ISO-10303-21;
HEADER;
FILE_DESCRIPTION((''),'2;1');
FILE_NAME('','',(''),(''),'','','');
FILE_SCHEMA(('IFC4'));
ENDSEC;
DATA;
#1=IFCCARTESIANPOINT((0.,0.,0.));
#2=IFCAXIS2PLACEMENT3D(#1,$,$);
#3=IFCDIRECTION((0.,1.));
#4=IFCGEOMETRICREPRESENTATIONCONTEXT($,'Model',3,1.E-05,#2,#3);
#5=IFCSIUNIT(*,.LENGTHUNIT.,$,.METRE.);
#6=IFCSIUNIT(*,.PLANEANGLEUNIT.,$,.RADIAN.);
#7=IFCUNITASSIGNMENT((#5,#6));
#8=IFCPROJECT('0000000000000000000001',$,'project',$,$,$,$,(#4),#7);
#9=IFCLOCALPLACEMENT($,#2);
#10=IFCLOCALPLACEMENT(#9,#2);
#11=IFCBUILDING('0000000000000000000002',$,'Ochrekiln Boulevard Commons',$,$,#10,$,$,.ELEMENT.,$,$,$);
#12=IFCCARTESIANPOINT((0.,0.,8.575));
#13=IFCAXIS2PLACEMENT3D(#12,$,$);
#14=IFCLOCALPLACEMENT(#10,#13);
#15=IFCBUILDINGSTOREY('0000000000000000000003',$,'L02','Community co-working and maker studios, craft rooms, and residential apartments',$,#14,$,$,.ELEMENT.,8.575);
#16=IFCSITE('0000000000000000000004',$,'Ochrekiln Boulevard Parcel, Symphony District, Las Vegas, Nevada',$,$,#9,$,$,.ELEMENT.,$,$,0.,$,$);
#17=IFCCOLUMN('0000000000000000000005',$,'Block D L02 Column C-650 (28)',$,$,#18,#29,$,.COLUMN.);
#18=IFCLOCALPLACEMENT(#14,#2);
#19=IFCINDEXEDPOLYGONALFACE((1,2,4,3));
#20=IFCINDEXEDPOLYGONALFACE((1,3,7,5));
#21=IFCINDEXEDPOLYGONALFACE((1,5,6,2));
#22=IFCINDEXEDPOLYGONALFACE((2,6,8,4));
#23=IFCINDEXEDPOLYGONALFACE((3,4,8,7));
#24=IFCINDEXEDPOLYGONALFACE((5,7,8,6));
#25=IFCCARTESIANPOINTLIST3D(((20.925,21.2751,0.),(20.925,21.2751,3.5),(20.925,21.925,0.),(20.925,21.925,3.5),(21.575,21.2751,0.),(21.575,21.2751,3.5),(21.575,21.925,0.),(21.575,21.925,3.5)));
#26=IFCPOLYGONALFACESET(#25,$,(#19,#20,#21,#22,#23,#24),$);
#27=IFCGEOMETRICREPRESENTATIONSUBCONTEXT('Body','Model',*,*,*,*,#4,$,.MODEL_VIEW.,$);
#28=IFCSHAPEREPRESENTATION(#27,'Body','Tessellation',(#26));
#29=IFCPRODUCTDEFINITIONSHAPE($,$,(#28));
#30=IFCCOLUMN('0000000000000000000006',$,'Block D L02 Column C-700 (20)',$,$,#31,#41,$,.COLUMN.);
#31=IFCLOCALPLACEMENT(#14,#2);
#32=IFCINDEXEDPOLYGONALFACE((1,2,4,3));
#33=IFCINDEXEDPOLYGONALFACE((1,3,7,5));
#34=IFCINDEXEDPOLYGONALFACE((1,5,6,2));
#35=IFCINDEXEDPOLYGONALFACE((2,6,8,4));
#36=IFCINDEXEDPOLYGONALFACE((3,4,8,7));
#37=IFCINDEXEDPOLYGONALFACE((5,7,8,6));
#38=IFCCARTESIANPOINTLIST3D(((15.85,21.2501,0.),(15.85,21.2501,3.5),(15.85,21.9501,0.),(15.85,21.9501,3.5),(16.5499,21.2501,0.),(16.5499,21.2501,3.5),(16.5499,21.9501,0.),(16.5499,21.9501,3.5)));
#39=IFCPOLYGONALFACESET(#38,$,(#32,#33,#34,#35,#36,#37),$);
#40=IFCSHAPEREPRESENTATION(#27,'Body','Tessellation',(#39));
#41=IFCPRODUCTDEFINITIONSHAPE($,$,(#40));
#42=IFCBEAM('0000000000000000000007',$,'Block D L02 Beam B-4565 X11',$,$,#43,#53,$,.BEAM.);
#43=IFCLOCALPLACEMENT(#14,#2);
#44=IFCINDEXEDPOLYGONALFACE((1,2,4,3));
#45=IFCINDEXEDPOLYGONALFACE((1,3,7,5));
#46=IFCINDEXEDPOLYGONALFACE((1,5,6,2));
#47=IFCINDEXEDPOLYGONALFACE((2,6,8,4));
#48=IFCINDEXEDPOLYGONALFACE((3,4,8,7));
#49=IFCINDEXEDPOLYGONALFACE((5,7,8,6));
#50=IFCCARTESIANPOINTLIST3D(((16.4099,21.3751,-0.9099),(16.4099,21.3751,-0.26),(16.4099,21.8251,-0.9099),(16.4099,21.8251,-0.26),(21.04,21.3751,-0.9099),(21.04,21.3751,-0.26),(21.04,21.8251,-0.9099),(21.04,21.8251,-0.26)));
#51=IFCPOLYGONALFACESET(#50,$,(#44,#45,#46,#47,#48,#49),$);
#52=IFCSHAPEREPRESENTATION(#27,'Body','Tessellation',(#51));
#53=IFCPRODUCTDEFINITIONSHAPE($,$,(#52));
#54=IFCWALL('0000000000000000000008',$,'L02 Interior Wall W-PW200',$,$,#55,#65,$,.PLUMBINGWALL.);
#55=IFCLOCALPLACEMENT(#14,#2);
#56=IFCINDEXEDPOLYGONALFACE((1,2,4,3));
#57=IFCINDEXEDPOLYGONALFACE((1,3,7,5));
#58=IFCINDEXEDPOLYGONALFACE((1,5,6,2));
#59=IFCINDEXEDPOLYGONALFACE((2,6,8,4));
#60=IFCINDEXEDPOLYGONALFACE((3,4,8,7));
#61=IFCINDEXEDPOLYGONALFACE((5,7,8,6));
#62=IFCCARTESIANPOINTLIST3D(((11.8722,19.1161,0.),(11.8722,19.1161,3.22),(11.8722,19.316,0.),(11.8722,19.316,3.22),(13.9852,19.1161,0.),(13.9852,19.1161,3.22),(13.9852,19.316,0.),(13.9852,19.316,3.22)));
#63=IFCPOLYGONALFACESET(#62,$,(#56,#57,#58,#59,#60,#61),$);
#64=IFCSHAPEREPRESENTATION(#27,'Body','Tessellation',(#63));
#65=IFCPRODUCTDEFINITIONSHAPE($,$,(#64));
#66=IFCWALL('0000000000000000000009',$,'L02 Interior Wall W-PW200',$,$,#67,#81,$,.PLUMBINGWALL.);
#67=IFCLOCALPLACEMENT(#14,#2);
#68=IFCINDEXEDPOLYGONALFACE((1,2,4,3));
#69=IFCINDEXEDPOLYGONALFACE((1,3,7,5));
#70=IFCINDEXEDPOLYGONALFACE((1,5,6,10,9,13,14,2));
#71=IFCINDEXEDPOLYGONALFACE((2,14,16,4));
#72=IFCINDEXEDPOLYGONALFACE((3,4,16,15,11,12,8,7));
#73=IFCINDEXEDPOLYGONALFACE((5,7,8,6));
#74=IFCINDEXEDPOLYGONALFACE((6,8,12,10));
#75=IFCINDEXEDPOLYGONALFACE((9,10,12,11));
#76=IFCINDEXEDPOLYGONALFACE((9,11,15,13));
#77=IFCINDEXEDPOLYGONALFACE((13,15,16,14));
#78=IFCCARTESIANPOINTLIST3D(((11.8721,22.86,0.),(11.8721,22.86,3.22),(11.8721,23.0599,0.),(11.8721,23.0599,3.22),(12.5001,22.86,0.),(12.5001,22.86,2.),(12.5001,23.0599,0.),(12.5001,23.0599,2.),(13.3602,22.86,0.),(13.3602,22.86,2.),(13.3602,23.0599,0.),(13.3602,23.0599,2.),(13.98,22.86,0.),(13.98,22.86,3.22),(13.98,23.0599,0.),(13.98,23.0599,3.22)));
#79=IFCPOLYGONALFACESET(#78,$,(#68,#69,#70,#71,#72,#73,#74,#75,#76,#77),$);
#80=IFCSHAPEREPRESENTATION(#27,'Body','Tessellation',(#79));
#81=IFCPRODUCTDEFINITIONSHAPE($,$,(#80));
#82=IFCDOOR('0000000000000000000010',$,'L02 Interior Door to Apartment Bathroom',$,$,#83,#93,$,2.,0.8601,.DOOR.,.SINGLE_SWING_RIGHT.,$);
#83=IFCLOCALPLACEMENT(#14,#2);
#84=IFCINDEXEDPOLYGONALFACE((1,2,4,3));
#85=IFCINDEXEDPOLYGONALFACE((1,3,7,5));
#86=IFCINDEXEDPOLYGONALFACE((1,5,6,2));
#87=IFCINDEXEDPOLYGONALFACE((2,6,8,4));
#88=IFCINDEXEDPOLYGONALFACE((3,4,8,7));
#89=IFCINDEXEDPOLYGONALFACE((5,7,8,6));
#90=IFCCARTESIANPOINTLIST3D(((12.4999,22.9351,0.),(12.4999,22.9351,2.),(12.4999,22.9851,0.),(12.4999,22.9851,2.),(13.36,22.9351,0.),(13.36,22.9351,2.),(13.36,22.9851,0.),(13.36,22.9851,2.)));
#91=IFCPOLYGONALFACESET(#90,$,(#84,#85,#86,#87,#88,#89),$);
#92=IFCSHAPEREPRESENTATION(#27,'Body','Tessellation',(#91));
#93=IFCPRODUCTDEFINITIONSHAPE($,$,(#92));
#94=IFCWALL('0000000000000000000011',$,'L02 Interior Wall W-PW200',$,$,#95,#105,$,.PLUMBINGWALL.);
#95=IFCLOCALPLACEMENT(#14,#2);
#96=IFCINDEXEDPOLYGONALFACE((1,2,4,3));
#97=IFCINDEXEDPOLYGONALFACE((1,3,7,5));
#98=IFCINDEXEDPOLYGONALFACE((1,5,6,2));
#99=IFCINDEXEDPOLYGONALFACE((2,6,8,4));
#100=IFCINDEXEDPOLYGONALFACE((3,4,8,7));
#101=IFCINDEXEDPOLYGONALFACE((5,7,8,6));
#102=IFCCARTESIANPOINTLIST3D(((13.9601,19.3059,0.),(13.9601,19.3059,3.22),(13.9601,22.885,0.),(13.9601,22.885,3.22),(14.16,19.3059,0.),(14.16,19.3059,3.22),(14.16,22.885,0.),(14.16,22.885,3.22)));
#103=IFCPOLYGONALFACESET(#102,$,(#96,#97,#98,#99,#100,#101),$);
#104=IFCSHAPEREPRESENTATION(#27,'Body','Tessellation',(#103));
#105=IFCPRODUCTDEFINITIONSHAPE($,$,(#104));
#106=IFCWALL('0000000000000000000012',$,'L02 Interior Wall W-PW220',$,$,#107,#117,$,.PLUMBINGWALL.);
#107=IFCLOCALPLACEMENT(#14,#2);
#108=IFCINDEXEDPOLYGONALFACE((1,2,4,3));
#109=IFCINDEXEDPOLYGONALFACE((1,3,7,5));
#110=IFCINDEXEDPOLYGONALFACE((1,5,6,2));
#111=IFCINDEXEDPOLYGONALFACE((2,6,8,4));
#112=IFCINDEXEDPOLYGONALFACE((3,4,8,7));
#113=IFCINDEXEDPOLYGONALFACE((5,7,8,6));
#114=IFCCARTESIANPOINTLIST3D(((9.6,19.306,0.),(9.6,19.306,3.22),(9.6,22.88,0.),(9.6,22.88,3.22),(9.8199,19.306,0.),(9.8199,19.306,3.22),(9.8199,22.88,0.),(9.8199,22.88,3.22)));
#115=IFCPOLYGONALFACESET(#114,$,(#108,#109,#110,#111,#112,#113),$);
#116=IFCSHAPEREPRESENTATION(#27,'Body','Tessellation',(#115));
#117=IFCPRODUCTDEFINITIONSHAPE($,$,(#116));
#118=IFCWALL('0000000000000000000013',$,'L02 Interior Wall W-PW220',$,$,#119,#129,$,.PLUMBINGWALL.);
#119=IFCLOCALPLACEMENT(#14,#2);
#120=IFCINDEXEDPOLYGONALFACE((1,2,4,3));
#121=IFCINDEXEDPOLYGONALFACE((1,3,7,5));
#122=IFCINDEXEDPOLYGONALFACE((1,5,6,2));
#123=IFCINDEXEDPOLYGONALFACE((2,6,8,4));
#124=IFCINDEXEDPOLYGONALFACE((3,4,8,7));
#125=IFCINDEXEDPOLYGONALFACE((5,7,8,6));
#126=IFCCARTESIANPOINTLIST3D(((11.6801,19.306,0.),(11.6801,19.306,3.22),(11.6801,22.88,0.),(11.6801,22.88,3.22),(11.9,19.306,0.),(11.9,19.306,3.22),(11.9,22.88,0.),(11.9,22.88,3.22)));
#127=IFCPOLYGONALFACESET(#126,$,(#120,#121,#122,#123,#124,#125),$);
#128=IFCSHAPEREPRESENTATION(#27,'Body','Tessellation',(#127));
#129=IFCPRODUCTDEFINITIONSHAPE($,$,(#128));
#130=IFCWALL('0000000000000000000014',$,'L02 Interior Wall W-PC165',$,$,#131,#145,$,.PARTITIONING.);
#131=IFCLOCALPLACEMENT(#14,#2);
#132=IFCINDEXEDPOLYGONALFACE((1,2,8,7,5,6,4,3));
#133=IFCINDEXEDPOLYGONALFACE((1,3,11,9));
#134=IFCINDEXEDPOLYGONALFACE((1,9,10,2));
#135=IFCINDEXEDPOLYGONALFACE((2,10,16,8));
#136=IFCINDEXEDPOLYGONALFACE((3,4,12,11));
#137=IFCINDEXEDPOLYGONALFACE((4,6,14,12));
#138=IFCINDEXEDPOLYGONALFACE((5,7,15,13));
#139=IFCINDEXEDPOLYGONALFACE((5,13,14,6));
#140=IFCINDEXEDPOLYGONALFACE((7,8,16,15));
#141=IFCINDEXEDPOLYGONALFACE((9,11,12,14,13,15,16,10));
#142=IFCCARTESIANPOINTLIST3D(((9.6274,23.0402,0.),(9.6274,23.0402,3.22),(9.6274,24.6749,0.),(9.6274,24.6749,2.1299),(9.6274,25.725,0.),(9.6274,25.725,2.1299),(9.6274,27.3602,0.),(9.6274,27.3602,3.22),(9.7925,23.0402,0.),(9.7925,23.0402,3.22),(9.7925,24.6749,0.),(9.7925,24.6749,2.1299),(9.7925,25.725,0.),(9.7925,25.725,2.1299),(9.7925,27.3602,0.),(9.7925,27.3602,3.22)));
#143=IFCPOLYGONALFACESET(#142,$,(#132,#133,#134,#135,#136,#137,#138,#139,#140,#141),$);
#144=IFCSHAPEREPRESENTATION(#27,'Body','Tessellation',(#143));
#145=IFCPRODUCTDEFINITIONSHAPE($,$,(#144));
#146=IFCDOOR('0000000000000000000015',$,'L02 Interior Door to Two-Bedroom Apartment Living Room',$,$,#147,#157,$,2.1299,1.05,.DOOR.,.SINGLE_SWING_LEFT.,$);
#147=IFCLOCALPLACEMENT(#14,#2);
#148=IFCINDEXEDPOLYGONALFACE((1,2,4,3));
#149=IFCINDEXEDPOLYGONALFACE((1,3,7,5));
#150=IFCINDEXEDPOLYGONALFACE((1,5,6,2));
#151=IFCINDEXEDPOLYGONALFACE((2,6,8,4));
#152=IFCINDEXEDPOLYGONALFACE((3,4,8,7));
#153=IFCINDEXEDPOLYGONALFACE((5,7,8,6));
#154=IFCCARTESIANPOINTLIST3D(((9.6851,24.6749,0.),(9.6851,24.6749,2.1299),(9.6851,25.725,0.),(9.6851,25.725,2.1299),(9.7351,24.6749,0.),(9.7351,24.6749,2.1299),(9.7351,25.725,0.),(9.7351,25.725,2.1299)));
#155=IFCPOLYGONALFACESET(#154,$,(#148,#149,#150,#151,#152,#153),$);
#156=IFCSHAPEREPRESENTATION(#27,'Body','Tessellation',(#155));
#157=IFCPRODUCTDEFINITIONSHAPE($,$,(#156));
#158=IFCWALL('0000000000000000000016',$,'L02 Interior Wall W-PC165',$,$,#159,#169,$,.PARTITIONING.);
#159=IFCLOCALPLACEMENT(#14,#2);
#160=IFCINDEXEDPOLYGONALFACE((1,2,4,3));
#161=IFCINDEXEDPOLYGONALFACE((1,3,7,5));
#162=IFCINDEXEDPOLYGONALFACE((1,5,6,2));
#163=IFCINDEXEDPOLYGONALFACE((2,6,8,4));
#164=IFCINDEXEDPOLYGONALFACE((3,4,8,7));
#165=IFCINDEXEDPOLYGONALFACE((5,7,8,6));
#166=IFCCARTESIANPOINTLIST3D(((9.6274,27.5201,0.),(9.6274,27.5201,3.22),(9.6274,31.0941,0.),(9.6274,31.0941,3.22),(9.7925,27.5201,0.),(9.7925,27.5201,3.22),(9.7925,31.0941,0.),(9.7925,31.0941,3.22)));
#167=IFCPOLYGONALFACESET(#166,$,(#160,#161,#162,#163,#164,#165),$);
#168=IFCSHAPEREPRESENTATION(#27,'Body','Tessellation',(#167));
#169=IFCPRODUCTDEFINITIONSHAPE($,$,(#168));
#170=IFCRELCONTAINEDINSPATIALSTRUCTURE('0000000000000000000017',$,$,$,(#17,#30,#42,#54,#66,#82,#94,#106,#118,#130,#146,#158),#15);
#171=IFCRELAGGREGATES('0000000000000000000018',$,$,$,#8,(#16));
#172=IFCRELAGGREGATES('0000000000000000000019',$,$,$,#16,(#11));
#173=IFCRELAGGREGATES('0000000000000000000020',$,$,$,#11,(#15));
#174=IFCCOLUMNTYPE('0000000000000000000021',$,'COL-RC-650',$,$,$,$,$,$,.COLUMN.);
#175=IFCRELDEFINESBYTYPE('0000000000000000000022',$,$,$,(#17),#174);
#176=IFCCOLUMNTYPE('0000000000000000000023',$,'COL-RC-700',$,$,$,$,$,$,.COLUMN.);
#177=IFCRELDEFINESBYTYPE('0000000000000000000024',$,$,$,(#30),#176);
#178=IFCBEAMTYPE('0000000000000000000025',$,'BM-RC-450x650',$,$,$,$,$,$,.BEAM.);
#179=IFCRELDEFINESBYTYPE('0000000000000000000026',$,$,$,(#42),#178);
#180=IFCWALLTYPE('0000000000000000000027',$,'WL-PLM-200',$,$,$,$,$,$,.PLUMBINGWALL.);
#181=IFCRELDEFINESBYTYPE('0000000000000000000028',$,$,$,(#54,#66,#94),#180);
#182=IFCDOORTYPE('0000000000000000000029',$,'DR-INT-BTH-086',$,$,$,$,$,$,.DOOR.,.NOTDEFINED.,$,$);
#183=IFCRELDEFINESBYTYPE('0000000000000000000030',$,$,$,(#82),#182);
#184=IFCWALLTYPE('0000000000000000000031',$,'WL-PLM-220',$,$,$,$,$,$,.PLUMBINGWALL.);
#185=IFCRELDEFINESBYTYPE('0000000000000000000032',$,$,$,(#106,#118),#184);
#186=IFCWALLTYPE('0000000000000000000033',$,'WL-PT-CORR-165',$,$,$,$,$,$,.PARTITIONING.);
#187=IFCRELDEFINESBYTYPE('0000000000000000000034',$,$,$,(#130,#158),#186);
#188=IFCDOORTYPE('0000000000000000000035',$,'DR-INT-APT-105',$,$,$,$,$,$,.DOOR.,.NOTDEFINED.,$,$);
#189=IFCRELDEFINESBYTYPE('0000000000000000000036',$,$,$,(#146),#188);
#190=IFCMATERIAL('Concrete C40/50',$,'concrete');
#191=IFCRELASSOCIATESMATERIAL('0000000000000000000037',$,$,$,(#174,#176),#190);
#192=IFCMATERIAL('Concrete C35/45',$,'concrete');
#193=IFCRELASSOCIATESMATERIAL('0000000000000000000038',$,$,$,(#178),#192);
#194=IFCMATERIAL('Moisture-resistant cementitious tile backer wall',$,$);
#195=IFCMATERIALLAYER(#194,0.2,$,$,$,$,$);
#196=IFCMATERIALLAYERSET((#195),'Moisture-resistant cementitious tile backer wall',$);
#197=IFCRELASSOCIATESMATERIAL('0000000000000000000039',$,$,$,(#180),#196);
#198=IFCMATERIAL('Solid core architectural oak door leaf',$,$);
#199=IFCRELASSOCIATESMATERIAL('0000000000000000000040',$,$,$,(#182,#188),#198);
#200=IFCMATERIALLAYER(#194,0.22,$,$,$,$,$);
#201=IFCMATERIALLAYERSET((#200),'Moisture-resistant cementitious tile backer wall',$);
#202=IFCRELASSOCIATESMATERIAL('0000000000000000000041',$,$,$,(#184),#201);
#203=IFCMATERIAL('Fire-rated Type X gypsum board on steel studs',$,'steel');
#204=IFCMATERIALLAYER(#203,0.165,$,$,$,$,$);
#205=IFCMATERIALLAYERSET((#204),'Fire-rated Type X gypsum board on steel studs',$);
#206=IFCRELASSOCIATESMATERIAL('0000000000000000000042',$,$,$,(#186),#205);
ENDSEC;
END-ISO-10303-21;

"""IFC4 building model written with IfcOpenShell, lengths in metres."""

from ifc_helpers import new_model, si_unit, direction, frame, frame_2d, origin, origin_2d, place, context, subcontext, project, spatial, rectangle, extrude, material, layer, layer_set, material_profile, profile_set, type_object, element, fill, save


model = new_model("IFC4")

# Units and contexts
model_context = context("Model", 3, precision=1e-05, world=origin(), true_north=direction((0.0, 1.0)))
body_context = subcontext(model_context, "Body", "Model", "MODEL_VIEW")
ifc_project = project(units=[si_unit("LENGTHUNIT", "METRE"), si_unit("PLANEANGLEUNIT", "RADIAN")], contexts=[model_context])

# Site, building, storey
site_placement = place(None, origin())
site = spatial("IfcSite", under=ifc_project, at=site_placement, Name="Ochrekiln Boulevard Parcel, Symphony District, Las Vegas, Nevada", CompositionType="ELEMENT", RefElevation=0.0)
building_placement = place(site_placement, origin())
building = spatial("IfcBuilding", under=site, at=building_placement, Name="Ochrekiln Boulevard Commons", CompositionType="ELEMENT")
storey_placement = place(building_placement, frame((0.0, 0.0, 8.575)))
storey = spatial("IfcBuildingStorey", under=building, at=storey_placement, Name="L02", Description="Community co-working and maker studios, craft rooms, and residential apartments", CompositionType="ELEMENT", Elevation=8.575)

# Columns
ifc_material_1 = material(Name="Concrete C40/50", Category="concrete")
ifc_material_profile_1 = material_profile(ifc_material_1, rectangle(XDim=0.6499, YDim=0.6499, at=origin_2d()), Name="RC-COL-650x650")
ifc_profile_set_1 = profile_set([ifc_material_profile_1], Name="Concrete C40/50")
column_type_1 = type_object("IfcColumnType", Name="COL-RC-650", PredefinedType="COLUMN", material=ifc_profile_set_1)
column_1_placement = place(storey_placement, frame((21.25, 21.6001, 0.0), z_axis=(0.0, 0.0, 1.0), x_axis=(1.0, 0.0, 0.0)))
element("IfcColumn", 1, at=column_1_placement, inside=storey, type_object=column_type_1, Name="Block D L02 Column C-650 (28)", PredefinedType="COLUMN", context=body_context, shape_type="SweptSolid", body=[
    extrude(rectangle(XDim=0.6499, YDim=0.6499, at=origin_2d()), origin(), (0.0, 0.0, 1.0), 3.5),
])
ifc_material_profile_2 = material_profile(ifc_material_1, rectangle(XDim=0.7, YDim=0.7, at=origin_2d()), Name="RC-COL-700x700")
ifc_profile_set_2 = profile_set([ifc_material_profile_2], Name="Concrete C40/50")
column_type_2 = type_object("IfcColumnType", Name="COL-RC-700", PredefinedType="COLUMN", material=ifc_profile_set_2)
column_2_placement = place(storey_placement, frame((16.2, 21.6001, 0.0), z_axis=(0.0, 0.0, 1.0), x_axis=(1.0, 0.0, 0.0)))
element("IfcColumn", 2, at=column_2_placement, inside=storey, type_object=column_type_2, Name="Block D L02 Column C-700 (20)", PredefinedType="COLUMN", context=body_context, shape_type="SweptSolid", body=[
    extrude(rectangle(XDim=0.7, YDim=0.7, at=origin_2d()), origin(), (0.0, 0.0, 1.0), 3.5),
])

# Beam
ifc_material_2 = material(Name="Concrete C35/45", Category="concrete")
ifc_material_profile_3 = material_profile(ifc_material_2, rectangle(XDim=0.45, YDim=0.6499, at=origin_2d()), Name="RC-BM-450x650")
ifc_profile_set_3 = profile_set([ifc_material_profile_3], Name="Concrete C35/45")
beam_type = type_object("IfcBeamType", Name="BM-RC-450x650", PredefinedType="BEAM", material=ifc_profile_set_3)
beam_placement = place(storey_placement, frame((16.4099, 21.6001, -0.585), z_axis=(1.0, 0.0, 0.0), x_axis=(0.0, 1.0, 0.0)))
element("IfcBeam", 3, at=beam_placement, inside=storey, type_object=beam_type, Name="Block D L02 Beam B-4565 X11", PredefinedType="BEAM", context=body_context, shape_type="SweptSolid", body=[
    extrude(rectangle(XDim=0.45, YDim=0.6499, at=origin_2d()), origin(), (0.0, 0.0, 1.0), 4.6301),
])

# Wall
ifc_material_3 = material(Name="Moisture-resistant cementitious tile backer wall")
ifc_layer_1 = layer(ifc_material_3, 0.2)
ifc_layer_set_1 = layer_set([ifc_layer_1], Name="Moisture-resistant cementitious tile backer wall")
wall_type_1 = type_object("IfcWallType", Name="WL-PLM-200", PredefinedType="PLUMBINGWALL", material=ifc_layer_set_1)
wall_1_placement = place(storey_placement, frame((11.8721, 19.2161, 0.0), z_axis=(0.0, 0.0, 1.0), x_axis=(1.0, 0.0, 0.0)))
element("IfcWall", 4, at=wall_1_placement, inside=storey, type_object=wall_type_1, Name="L02 Interior Wall W-PW200", PredefinedType="PLUMBINGWALL", context=body_context, shape_type="SweptSolid", body=[
    extrude(rectangle(XDim=2.113, YDim=0.2, at=frame_2d((1.0566, 0.0))), origin(), (0.0, 0.0, 1.0), 3.22),
])

# Wall, opening, door
wall_2_placement = place(storey_placement, frame((11.8721, 22.96, 0.0), z_axis=(0.0, 0.0, 1.0), x_axis=(1.0, 0.0, 0.0)))
wall_2 = element("IfcWall", 5, at=wall_2_placement, inside=storey, type_object=wall_type_1, Name="L02 Interior Wall W-PW200", PredefinedType="PLUMBINGWALL", context=body_context, shape_type="SweptSolid", body=[
    extrude(rectangle(XDim=2.1079, YDim=0.2, at=frame_2d((1.054, 0.0))), origin(), (0.0, 0.0, 1.0), 3.22),
])
opening_1_placement = place(wall_2_placement, frame((0.6279, 0.0, 0.0)))
opening_1 = element("IfcOpeningElement", 6, at=opening_1_placement, cuts=wall_2, PredefinedType="OPENING", context=body_context, shape_type="SweptSolid", body=[
    extrude(rectangle(XDim=0.8601, YDim=2.0, at=frame_2d((0.4302, 1.0))), frame((0.0, 0.1099, 0.0), z_axis=(0.0, -1.0, 0.0), x_axis=(1.0, 0.0, 0.0)), (0.0, 0.0, 1.0), 0.22),
])
ifc_material_4 = material(Name="Solid core architectural oak door leaf")
door_type_1 = type_object("IfcDoorType", Name="DR-INT-BTH-086", OperationType="NOTDEFINED", PredefinedType="DOOR", material=ifc_material_4)
door_1_placement = place(opening_1_placement, frame((0.8601, 0.0, 0.0), z_axis=(0.0, 0.0, 1.0), x_axis=(-1.0, 0.0, 0.0)))
door_1 = element("IfcDoor", 7, at=door_1_placement, inside=storey, type_object=door_type_1, Name="L02 Interior Door to Apartment Bathroom", OperationType="SINGLE_SWING_RIGHT", OverallHeight=2.0, OverallWidth=0.8601, PredefinedType="DOOR", context=body_context, shape_type="SweptSolid", body=[
    extrude(rectangle(XDim=0.8601, YDim=2.0, at=frame_2d((0.4302, 1.0))), frame((0.0, 0.0249, 0.0), z_axis=(0.0, -1.0, 0.0), x_axis=(1.0, 0.0, 0.0)), (0.0, 0.0, 1.0), 0.05),
])
fill(opening_1, door_1)

# Walls
wall_3_placement = place(storey_placement, frame((14.0601, 19.3059, 0.0), z_axis=(0.0, 0.0, 1.0), x_axis=(0.0, 1.0, 0.0)))
element("IfcWall", 8, at=wall_3_placement, inside=storey, type_object=wall_type_1, Name="L02 Interior Wall W-PW200", PredefinedType="PLUMBINGWALL", context=body_context, shape_type="SweptSolid", body=[
    extrude(rectangle(XDim=3.5791, YDim=0.2, at=frame_2d((1.7896, 0.0))), origin(), (0.0, 0.0, 1.0), 3.22),
])
ifc_layer_2 = layer(ifc_material_3, 0.22)
ifc_layer_set_2 = layer_set([ifc_layer_2], Name="Moisture-resistant cementitious tile backer wall")
wall_type_2 = type_object("IfcWallType", Name="WL-PLM-220", PredefinedType="PLUMBINGWALL", material=ifc_layer_set_2)
for number, where, z_axis, x_axis, name in (
    (9, (9.71, 19.3059, 0.0), (0.0, 0.0, 1.0), (0.0, 1.0, 0.0), "L02 Interior Wall W-PW220"),
    (10, (11.79, 19.3059, 0.0), (0.0, 0.0, 1.0), (0.0, 1.0, 0.0), "L02 Interior Wall W-PW220"),
):
    element("IfcWall", number, at=place(storey_placement, frame(where, z_axis=z_axis, x_axis=x_axis)), inside=storey, type_object=wall_type_2, Name=name, PredefinedType="PLUMBINGWALL", context=body_context, shape_type="SweptSolid", body=[
        extrude(rectangle(XDim=3.574, YDim=0.22, at=frame_2d((1.7871, 0.0))), origin(), (0.0, 0.0, 1.0), 3.22),
    ])

# Wall, opening, door
ifc_material_5 = material(Name="Fire-rated Type X gypsum board on steel studs", Category="steel")
ifc_layer_3 = layer(ifc_material_5, 0.165)
ifc_layer_set_3 = layer_set([ifc_layer_3], Name="Fire-rated Type X gypsum board on steel studs")
wall_type_3 = type_object("IfcWallType", Name="WL-PT-CORR-165", PredefinedType="PARTITIONING", material=ifc_layer_set_3)
wall_4_placement = place(storey_placement, frame((9.71, 23.04, 0.0), z_axis=(0.0, 0.0, 1.0), x_axis=(0.0, 1.0, 0.0)))
wall_4 = element("IfcWall", 11, at=wall_4_placement, inside=storey, type_object=wall_type_3, Name="L02 Interior Wall W-PC165", PredefinedType="PARTITIONING", context=body_context, shape_type="SweptSolid", body=[
    extrude(rectangle(XDim=4.3201, YDim=0.165, at=frame_2d((2.1602, 0.0))), origin(), (0.0, 0.0, 1.0), 3.22),
])
opening_2_placement = place(wall_4_placement, frame((1.635, 0.0, 0.0)))
opening_2 = element("IfcOpeningElement", 12, at=opening_2_placement, cuts=wall_4, PredefinedType="OPENING", context=body_context, shape_type="SweptSolid", body=[
    extrude(rectangle(XDim=1.05, YDim=2.1299, at=frame_2d((0.5249, 1.0649))), frame((0.0, 0.0925, 0.0), z_axis=(0.0, -1.0, 0.0), x_axis=(1.0, 0.0, 0.0)), (0.0, 0.0, 1.0), 0.1851),
])
door_type_2 = type_object("IfcDoorType", Name="DR-INT-APT-105", OperationType="NOTDEFINED", PredefinedType="DOOR", material=ifc_material_4)
door_2_placement = place(opening_2_placement, origin())
door_2 = element("IfcDoor", 13, at=door_2_placement, inside=storey, type_object=door_type_2, Name="L02 Interior Door to Two-Bedroom Apartment Living Room", OperationType="SINGLE_SWING_LEFT", OverallHeight=2.1299, OverallWidth=1.05, PredefinedType="DOOR", context=body_context, shape_type="SweptSolid", body=[
    extrude(rectangle(XDim=1.05, YDim=2.1299, at=frame_2d((0.5249, 1.0649))), frame((0.0, 0.0249, 0.0), z_axis=(0.0, -1.0, 0.0), x_axis=(1.0, 0.0, 0.0)), (0.0, 0.0, 1.0), 0.05),
])
fill(opening_2, door_2)

# Wall
wall_5_placement = place(storey_placement, frame((9.71, 27.52, 0.0), z_axis=(0.0, 0.0, 1.0), x_axis=(0.0, 1.0, 0.0)))
element("IfcWall", 14, at=wall_5_placement, inside=storey, type_object=wall_type_3, Name="L02 Interior Wall W-PC165", PredefinedType="PARTITIONING", context=body_context, shape_type="SweptSolid", body=[
    extrude(rectangle(XDim=3.574, YDim=0.165, at=frame_2d((1.7871, 0.0))), origin(), (0.0, 0.0, 1.0), 3.22),
])

save(model, "model.ifc")
